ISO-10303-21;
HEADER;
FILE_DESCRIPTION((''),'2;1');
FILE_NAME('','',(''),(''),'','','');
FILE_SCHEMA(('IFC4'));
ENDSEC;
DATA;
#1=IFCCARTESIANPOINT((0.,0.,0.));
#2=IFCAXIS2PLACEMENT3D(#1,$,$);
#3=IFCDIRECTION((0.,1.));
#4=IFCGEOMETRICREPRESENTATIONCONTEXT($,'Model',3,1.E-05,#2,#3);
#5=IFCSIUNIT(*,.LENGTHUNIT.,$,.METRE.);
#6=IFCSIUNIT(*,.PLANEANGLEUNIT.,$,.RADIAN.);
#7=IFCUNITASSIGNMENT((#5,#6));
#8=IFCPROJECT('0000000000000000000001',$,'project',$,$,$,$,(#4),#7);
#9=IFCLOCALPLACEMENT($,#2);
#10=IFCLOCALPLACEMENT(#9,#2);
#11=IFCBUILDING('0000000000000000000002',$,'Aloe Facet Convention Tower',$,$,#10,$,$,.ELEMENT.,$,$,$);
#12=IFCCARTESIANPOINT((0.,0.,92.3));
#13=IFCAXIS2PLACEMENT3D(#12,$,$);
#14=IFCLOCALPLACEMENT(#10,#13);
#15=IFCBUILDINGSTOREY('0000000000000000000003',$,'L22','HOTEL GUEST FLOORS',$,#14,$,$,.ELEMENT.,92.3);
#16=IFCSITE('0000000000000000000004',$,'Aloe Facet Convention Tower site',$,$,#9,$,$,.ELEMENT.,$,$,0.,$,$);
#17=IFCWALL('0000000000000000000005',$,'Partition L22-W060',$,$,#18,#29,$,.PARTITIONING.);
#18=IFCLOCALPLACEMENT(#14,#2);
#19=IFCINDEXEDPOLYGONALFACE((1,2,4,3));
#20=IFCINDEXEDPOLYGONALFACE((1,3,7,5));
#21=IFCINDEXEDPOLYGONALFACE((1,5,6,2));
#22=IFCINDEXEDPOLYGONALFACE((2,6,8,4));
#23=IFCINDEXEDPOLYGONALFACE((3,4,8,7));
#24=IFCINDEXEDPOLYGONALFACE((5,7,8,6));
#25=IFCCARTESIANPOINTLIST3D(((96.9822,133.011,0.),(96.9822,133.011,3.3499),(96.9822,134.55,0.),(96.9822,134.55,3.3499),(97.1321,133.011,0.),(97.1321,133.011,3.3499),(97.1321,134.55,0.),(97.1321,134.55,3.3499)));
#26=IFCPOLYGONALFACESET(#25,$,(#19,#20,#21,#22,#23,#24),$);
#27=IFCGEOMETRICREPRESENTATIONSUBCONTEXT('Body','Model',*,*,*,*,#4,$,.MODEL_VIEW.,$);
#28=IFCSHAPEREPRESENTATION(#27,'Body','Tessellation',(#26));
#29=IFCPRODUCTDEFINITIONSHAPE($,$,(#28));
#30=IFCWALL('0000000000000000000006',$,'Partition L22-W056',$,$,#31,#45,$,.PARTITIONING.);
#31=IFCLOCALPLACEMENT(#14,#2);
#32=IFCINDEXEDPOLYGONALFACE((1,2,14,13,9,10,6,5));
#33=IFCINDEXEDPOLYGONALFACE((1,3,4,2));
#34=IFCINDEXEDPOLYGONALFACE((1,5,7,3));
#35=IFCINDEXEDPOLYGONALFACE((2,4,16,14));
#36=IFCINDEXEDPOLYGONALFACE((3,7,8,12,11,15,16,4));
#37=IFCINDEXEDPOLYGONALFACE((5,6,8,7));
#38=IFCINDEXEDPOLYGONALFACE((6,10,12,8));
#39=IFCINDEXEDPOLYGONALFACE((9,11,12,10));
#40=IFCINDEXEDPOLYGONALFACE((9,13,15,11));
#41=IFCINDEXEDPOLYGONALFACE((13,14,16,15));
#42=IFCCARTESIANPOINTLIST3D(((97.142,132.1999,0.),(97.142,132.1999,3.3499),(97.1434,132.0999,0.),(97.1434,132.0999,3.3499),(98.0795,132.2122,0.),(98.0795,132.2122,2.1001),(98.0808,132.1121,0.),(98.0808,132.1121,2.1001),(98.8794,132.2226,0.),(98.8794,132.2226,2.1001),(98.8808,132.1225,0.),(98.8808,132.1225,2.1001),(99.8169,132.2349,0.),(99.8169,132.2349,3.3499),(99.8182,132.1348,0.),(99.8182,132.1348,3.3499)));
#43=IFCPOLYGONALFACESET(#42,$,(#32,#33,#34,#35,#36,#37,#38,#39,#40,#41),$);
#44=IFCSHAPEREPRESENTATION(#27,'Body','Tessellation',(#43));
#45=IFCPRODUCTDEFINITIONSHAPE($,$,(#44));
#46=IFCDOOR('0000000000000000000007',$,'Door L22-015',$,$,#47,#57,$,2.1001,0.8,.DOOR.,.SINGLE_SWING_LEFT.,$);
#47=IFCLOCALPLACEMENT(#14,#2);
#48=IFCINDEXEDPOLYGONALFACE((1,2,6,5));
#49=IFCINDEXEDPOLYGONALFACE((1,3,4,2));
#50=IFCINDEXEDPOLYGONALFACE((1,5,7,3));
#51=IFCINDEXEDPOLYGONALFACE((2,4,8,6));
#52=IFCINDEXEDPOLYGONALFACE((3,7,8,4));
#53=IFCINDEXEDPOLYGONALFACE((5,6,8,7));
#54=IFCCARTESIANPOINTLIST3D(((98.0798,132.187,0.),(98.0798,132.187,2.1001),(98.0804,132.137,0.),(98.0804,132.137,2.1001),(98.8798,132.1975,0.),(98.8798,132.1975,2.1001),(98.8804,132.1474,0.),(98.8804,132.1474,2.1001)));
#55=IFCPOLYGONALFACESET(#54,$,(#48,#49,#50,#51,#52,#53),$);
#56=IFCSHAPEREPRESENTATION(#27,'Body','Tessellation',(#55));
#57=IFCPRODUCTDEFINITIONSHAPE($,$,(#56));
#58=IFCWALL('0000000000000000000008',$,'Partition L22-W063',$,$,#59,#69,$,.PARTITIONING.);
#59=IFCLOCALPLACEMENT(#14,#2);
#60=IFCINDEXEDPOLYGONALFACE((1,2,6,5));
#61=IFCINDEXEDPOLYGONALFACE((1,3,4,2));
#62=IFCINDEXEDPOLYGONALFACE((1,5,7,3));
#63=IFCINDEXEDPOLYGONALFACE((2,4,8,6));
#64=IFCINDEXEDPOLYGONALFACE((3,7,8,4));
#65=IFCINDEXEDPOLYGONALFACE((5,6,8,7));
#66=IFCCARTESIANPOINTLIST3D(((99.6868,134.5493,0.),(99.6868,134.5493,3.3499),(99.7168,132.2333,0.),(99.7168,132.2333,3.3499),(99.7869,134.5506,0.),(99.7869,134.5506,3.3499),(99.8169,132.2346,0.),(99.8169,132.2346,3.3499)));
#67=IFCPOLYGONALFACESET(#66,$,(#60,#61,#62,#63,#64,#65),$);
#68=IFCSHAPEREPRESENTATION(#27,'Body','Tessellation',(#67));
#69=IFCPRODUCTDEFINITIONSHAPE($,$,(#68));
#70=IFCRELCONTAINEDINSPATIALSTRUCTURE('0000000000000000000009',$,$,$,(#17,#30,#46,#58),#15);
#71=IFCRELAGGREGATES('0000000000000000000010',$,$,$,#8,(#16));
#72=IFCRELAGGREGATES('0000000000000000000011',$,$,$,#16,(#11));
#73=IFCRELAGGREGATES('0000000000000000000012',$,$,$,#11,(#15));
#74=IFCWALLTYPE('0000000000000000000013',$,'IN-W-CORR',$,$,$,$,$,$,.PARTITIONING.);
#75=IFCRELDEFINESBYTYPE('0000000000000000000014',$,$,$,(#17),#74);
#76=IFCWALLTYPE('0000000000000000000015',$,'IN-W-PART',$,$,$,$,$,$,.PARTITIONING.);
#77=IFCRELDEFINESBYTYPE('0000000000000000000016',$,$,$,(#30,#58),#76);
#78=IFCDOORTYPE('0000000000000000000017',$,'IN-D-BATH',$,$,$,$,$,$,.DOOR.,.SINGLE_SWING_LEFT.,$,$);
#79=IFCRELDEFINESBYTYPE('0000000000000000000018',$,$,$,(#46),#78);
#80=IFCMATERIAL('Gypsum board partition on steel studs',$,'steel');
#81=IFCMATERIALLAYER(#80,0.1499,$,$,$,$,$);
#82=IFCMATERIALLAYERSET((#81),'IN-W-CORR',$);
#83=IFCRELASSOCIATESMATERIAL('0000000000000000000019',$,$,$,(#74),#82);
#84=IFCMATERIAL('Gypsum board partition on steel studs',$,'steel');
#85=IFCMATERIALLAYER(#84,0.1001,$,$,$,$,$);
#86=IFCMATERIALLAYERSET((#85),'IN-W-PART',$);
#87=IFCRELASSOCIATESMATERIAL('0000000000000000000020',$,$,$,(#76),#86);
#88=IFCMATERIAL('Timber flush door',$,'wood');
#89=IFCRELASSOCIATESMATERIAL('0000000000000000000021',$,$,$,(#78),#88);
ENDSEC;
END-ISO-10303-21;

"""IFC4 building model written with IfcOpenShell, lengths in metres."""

from ifc_helpers import new_model, si_unit, direction, frame, frame_2d, origin, place, context, subcontext, project, spatial, rectangle, extrude, material, layer, layer_set, type_object, element, fill, save


model = new_model("IFC4")

# Units and contexts
model_context = context("Model", 3, precision=1e-05, world=origin(), true_north=direction((0.0, 1.0)))
body_context = subcontext(model_context, "Body", "Model", "MODEL_VIEW")
ifc_project = project(units=[si_unit("LENGTHUNIT", "METRE"), si_unit("PLANEANGLEUNIT", "RADIAN")], contexts=[model_context])

# Site, building, storey
site_placement = place(None, origin())
site = spatial("IfcSite", under=ifc_project, at=site_placement, Name="Aloe Facet Convention Tower site", CompositionType="ELEMENT", RefElevation=0.0)
building_placement = place(site_placement, origin())
building = spatial("IfcBuilding", under=site, at=building_placement, Name="Aloe Facet Convention Tower", CompositionType="ELEMENT")
storey_placement = place(building_placement, frame((0.0, 0.0, 92.3)))
storey = spatial("IfcBuildingStorey", under=building, at=storey_placement, Name="L22", Description="HOTEL GUEST FLOORS", CompositionType="ELEMENT", Elevation=92.3)

# Wall
ifc_material_1 = material(Name="Gypsum board partition on steel studs", Category="steel")
ifc_layer_1 = layer(ifc_material_1, 0.1499)
ifc_layer_set_1 = layer_set([ifc_layer_1], Name="IN-W-CORR")
wall_type_1 = type_object("IfcWallType", Name="IN-W-CORR", PredefinedType="PARTITIONING", material=ifc_layer_set_1)
wall_1_placement = place(storey_placement, frame((97.0571, 133.011, 0.0), z_axis=(0.0, 0.0, 1.0), x_axis=(0.0, 1.0, 0.0)))
element("IfcWall", 1, at=wall_1_placement, inside=storey, type_object=wall_type_1, Name="Partition L22-W060", PredefinedType="PARTITIONING", context=body_context, shape_type="SweptSolid", body=[
    extrude(rectangle(XDim=1.5391, YDim=0.1499, at=frame_2d((0.7695, 0.0))), origin(), (0.0, 0.0, 1.0), 3.3499),
])

# Wall, opening, door
ifc_material_2 = material(Name="Gypsum board partition on steel studs", Category="steel")
ifc_layer_2 = layer(ifc_material_2, 0.1001)
ifc_layer_set_2 = layer_set([ifc_layer_2], Name="IN-W-PART")
wall_type_2 = type_object("IfcWallType", Name="IN-W-PART", PredefinedType="PARTITIONING", material=ifc_layer_set_2)
wall_2_placement = place(storey_placement, frame((97.1428, 132.1499, 0.0), z_axis=(0.0, 0.0, 1.0), x_axis=(0.999915, 0.013051, 0.0)))
wall_2 = element("IfcWall", 2, at=wall_2_placement, inside=storey, type_object=wall_type_2, Name="Partition L22-W056", PredefinedType="PARTITIONING", context=body_context, shape_type="SweptSolid", body=[
    extrude(rectangle(XDim=2.675, YDim=0.1001, at=frame_2d((1.3374, 0.0))), origin(), (0.0, 0.0, 1.0), 3.3499),
])
opening_1_placement = place(wall_2_placement, frame((0.9375, 0.0, 0.0)))
opening_1 = element("IfcOpeningElement", 3, at=opening_1_placement, cuts=wall_2, PredefinedType="OPENING", context=body_context, shape_type="SweptSolid", body=[
    extrude(rectangle(XDim=0.8, YDim=2.1001, at=frame_2d((0.3999, 1.05))), frame((0.0, 0.0601, 0.0), z_axis=(0.0, -1.0, 0.0), x_axis=(1.0, 0.0, 0.0)), (0.0, 0.0, 1.0), 0.1201),
])
ifc_material_3 = material(Name="Timber flush door", Category="wood")
door_type_1 = type_object("IfcDoorType", Name="IN-D-BATH", OperationType="SINGLE_SWING_LEFT", PredefinedType="DOOR", material=ifc_material_3)
door_1_placement = place(opening_1_placement, origin())
door_1 = element("IfcDoor", 4, at=door_1_placement, inside=storey, type_object=door_type_1, Name="Door L22-015", OperationType="SINGLE_SWING_LEFT", OverallHeight=2.1001, OverallWidth=0.8, PredefinedType="DOOR", context=body_context, shape_type="SweptSolid", body=[
    extrude(rectangle(XDim=0.8, YDim=2.1001, at=frame_2d((0.3999, 1.05))), frame((0.0, 0.0249, 0.0), z_axis=(0.0, -1.0, 0.0), x_axis=(1.0, 0.0, 0.0)), (0.0, 0.0, 1.0), 0.05),
])
fill(opening_1, door_1)

# Wall
wall_3_placement = place(storey_placement, frame((99.7368, 134.55, 0.0), z_axis=(0.0, 0.0, 1.0), x_axis=(0.012965, -0.999916, 0.0)))
element("IfcWall", 5, at=wall_3_placement, inside=storey, type_object=wall_type_2, Name="Partition L22-W063", PredefinedType="PARTITIONING", context=body_context, shape_type="SweptSolid", body=[
    extrude(rectangle(XDim=2.3162, YDim=0.1001, at=frame_2d((1.1582, 0.0))), origin(), (0.0, 0.0, 1.0), 3.3499),
])

save(model, "model.ifc")
